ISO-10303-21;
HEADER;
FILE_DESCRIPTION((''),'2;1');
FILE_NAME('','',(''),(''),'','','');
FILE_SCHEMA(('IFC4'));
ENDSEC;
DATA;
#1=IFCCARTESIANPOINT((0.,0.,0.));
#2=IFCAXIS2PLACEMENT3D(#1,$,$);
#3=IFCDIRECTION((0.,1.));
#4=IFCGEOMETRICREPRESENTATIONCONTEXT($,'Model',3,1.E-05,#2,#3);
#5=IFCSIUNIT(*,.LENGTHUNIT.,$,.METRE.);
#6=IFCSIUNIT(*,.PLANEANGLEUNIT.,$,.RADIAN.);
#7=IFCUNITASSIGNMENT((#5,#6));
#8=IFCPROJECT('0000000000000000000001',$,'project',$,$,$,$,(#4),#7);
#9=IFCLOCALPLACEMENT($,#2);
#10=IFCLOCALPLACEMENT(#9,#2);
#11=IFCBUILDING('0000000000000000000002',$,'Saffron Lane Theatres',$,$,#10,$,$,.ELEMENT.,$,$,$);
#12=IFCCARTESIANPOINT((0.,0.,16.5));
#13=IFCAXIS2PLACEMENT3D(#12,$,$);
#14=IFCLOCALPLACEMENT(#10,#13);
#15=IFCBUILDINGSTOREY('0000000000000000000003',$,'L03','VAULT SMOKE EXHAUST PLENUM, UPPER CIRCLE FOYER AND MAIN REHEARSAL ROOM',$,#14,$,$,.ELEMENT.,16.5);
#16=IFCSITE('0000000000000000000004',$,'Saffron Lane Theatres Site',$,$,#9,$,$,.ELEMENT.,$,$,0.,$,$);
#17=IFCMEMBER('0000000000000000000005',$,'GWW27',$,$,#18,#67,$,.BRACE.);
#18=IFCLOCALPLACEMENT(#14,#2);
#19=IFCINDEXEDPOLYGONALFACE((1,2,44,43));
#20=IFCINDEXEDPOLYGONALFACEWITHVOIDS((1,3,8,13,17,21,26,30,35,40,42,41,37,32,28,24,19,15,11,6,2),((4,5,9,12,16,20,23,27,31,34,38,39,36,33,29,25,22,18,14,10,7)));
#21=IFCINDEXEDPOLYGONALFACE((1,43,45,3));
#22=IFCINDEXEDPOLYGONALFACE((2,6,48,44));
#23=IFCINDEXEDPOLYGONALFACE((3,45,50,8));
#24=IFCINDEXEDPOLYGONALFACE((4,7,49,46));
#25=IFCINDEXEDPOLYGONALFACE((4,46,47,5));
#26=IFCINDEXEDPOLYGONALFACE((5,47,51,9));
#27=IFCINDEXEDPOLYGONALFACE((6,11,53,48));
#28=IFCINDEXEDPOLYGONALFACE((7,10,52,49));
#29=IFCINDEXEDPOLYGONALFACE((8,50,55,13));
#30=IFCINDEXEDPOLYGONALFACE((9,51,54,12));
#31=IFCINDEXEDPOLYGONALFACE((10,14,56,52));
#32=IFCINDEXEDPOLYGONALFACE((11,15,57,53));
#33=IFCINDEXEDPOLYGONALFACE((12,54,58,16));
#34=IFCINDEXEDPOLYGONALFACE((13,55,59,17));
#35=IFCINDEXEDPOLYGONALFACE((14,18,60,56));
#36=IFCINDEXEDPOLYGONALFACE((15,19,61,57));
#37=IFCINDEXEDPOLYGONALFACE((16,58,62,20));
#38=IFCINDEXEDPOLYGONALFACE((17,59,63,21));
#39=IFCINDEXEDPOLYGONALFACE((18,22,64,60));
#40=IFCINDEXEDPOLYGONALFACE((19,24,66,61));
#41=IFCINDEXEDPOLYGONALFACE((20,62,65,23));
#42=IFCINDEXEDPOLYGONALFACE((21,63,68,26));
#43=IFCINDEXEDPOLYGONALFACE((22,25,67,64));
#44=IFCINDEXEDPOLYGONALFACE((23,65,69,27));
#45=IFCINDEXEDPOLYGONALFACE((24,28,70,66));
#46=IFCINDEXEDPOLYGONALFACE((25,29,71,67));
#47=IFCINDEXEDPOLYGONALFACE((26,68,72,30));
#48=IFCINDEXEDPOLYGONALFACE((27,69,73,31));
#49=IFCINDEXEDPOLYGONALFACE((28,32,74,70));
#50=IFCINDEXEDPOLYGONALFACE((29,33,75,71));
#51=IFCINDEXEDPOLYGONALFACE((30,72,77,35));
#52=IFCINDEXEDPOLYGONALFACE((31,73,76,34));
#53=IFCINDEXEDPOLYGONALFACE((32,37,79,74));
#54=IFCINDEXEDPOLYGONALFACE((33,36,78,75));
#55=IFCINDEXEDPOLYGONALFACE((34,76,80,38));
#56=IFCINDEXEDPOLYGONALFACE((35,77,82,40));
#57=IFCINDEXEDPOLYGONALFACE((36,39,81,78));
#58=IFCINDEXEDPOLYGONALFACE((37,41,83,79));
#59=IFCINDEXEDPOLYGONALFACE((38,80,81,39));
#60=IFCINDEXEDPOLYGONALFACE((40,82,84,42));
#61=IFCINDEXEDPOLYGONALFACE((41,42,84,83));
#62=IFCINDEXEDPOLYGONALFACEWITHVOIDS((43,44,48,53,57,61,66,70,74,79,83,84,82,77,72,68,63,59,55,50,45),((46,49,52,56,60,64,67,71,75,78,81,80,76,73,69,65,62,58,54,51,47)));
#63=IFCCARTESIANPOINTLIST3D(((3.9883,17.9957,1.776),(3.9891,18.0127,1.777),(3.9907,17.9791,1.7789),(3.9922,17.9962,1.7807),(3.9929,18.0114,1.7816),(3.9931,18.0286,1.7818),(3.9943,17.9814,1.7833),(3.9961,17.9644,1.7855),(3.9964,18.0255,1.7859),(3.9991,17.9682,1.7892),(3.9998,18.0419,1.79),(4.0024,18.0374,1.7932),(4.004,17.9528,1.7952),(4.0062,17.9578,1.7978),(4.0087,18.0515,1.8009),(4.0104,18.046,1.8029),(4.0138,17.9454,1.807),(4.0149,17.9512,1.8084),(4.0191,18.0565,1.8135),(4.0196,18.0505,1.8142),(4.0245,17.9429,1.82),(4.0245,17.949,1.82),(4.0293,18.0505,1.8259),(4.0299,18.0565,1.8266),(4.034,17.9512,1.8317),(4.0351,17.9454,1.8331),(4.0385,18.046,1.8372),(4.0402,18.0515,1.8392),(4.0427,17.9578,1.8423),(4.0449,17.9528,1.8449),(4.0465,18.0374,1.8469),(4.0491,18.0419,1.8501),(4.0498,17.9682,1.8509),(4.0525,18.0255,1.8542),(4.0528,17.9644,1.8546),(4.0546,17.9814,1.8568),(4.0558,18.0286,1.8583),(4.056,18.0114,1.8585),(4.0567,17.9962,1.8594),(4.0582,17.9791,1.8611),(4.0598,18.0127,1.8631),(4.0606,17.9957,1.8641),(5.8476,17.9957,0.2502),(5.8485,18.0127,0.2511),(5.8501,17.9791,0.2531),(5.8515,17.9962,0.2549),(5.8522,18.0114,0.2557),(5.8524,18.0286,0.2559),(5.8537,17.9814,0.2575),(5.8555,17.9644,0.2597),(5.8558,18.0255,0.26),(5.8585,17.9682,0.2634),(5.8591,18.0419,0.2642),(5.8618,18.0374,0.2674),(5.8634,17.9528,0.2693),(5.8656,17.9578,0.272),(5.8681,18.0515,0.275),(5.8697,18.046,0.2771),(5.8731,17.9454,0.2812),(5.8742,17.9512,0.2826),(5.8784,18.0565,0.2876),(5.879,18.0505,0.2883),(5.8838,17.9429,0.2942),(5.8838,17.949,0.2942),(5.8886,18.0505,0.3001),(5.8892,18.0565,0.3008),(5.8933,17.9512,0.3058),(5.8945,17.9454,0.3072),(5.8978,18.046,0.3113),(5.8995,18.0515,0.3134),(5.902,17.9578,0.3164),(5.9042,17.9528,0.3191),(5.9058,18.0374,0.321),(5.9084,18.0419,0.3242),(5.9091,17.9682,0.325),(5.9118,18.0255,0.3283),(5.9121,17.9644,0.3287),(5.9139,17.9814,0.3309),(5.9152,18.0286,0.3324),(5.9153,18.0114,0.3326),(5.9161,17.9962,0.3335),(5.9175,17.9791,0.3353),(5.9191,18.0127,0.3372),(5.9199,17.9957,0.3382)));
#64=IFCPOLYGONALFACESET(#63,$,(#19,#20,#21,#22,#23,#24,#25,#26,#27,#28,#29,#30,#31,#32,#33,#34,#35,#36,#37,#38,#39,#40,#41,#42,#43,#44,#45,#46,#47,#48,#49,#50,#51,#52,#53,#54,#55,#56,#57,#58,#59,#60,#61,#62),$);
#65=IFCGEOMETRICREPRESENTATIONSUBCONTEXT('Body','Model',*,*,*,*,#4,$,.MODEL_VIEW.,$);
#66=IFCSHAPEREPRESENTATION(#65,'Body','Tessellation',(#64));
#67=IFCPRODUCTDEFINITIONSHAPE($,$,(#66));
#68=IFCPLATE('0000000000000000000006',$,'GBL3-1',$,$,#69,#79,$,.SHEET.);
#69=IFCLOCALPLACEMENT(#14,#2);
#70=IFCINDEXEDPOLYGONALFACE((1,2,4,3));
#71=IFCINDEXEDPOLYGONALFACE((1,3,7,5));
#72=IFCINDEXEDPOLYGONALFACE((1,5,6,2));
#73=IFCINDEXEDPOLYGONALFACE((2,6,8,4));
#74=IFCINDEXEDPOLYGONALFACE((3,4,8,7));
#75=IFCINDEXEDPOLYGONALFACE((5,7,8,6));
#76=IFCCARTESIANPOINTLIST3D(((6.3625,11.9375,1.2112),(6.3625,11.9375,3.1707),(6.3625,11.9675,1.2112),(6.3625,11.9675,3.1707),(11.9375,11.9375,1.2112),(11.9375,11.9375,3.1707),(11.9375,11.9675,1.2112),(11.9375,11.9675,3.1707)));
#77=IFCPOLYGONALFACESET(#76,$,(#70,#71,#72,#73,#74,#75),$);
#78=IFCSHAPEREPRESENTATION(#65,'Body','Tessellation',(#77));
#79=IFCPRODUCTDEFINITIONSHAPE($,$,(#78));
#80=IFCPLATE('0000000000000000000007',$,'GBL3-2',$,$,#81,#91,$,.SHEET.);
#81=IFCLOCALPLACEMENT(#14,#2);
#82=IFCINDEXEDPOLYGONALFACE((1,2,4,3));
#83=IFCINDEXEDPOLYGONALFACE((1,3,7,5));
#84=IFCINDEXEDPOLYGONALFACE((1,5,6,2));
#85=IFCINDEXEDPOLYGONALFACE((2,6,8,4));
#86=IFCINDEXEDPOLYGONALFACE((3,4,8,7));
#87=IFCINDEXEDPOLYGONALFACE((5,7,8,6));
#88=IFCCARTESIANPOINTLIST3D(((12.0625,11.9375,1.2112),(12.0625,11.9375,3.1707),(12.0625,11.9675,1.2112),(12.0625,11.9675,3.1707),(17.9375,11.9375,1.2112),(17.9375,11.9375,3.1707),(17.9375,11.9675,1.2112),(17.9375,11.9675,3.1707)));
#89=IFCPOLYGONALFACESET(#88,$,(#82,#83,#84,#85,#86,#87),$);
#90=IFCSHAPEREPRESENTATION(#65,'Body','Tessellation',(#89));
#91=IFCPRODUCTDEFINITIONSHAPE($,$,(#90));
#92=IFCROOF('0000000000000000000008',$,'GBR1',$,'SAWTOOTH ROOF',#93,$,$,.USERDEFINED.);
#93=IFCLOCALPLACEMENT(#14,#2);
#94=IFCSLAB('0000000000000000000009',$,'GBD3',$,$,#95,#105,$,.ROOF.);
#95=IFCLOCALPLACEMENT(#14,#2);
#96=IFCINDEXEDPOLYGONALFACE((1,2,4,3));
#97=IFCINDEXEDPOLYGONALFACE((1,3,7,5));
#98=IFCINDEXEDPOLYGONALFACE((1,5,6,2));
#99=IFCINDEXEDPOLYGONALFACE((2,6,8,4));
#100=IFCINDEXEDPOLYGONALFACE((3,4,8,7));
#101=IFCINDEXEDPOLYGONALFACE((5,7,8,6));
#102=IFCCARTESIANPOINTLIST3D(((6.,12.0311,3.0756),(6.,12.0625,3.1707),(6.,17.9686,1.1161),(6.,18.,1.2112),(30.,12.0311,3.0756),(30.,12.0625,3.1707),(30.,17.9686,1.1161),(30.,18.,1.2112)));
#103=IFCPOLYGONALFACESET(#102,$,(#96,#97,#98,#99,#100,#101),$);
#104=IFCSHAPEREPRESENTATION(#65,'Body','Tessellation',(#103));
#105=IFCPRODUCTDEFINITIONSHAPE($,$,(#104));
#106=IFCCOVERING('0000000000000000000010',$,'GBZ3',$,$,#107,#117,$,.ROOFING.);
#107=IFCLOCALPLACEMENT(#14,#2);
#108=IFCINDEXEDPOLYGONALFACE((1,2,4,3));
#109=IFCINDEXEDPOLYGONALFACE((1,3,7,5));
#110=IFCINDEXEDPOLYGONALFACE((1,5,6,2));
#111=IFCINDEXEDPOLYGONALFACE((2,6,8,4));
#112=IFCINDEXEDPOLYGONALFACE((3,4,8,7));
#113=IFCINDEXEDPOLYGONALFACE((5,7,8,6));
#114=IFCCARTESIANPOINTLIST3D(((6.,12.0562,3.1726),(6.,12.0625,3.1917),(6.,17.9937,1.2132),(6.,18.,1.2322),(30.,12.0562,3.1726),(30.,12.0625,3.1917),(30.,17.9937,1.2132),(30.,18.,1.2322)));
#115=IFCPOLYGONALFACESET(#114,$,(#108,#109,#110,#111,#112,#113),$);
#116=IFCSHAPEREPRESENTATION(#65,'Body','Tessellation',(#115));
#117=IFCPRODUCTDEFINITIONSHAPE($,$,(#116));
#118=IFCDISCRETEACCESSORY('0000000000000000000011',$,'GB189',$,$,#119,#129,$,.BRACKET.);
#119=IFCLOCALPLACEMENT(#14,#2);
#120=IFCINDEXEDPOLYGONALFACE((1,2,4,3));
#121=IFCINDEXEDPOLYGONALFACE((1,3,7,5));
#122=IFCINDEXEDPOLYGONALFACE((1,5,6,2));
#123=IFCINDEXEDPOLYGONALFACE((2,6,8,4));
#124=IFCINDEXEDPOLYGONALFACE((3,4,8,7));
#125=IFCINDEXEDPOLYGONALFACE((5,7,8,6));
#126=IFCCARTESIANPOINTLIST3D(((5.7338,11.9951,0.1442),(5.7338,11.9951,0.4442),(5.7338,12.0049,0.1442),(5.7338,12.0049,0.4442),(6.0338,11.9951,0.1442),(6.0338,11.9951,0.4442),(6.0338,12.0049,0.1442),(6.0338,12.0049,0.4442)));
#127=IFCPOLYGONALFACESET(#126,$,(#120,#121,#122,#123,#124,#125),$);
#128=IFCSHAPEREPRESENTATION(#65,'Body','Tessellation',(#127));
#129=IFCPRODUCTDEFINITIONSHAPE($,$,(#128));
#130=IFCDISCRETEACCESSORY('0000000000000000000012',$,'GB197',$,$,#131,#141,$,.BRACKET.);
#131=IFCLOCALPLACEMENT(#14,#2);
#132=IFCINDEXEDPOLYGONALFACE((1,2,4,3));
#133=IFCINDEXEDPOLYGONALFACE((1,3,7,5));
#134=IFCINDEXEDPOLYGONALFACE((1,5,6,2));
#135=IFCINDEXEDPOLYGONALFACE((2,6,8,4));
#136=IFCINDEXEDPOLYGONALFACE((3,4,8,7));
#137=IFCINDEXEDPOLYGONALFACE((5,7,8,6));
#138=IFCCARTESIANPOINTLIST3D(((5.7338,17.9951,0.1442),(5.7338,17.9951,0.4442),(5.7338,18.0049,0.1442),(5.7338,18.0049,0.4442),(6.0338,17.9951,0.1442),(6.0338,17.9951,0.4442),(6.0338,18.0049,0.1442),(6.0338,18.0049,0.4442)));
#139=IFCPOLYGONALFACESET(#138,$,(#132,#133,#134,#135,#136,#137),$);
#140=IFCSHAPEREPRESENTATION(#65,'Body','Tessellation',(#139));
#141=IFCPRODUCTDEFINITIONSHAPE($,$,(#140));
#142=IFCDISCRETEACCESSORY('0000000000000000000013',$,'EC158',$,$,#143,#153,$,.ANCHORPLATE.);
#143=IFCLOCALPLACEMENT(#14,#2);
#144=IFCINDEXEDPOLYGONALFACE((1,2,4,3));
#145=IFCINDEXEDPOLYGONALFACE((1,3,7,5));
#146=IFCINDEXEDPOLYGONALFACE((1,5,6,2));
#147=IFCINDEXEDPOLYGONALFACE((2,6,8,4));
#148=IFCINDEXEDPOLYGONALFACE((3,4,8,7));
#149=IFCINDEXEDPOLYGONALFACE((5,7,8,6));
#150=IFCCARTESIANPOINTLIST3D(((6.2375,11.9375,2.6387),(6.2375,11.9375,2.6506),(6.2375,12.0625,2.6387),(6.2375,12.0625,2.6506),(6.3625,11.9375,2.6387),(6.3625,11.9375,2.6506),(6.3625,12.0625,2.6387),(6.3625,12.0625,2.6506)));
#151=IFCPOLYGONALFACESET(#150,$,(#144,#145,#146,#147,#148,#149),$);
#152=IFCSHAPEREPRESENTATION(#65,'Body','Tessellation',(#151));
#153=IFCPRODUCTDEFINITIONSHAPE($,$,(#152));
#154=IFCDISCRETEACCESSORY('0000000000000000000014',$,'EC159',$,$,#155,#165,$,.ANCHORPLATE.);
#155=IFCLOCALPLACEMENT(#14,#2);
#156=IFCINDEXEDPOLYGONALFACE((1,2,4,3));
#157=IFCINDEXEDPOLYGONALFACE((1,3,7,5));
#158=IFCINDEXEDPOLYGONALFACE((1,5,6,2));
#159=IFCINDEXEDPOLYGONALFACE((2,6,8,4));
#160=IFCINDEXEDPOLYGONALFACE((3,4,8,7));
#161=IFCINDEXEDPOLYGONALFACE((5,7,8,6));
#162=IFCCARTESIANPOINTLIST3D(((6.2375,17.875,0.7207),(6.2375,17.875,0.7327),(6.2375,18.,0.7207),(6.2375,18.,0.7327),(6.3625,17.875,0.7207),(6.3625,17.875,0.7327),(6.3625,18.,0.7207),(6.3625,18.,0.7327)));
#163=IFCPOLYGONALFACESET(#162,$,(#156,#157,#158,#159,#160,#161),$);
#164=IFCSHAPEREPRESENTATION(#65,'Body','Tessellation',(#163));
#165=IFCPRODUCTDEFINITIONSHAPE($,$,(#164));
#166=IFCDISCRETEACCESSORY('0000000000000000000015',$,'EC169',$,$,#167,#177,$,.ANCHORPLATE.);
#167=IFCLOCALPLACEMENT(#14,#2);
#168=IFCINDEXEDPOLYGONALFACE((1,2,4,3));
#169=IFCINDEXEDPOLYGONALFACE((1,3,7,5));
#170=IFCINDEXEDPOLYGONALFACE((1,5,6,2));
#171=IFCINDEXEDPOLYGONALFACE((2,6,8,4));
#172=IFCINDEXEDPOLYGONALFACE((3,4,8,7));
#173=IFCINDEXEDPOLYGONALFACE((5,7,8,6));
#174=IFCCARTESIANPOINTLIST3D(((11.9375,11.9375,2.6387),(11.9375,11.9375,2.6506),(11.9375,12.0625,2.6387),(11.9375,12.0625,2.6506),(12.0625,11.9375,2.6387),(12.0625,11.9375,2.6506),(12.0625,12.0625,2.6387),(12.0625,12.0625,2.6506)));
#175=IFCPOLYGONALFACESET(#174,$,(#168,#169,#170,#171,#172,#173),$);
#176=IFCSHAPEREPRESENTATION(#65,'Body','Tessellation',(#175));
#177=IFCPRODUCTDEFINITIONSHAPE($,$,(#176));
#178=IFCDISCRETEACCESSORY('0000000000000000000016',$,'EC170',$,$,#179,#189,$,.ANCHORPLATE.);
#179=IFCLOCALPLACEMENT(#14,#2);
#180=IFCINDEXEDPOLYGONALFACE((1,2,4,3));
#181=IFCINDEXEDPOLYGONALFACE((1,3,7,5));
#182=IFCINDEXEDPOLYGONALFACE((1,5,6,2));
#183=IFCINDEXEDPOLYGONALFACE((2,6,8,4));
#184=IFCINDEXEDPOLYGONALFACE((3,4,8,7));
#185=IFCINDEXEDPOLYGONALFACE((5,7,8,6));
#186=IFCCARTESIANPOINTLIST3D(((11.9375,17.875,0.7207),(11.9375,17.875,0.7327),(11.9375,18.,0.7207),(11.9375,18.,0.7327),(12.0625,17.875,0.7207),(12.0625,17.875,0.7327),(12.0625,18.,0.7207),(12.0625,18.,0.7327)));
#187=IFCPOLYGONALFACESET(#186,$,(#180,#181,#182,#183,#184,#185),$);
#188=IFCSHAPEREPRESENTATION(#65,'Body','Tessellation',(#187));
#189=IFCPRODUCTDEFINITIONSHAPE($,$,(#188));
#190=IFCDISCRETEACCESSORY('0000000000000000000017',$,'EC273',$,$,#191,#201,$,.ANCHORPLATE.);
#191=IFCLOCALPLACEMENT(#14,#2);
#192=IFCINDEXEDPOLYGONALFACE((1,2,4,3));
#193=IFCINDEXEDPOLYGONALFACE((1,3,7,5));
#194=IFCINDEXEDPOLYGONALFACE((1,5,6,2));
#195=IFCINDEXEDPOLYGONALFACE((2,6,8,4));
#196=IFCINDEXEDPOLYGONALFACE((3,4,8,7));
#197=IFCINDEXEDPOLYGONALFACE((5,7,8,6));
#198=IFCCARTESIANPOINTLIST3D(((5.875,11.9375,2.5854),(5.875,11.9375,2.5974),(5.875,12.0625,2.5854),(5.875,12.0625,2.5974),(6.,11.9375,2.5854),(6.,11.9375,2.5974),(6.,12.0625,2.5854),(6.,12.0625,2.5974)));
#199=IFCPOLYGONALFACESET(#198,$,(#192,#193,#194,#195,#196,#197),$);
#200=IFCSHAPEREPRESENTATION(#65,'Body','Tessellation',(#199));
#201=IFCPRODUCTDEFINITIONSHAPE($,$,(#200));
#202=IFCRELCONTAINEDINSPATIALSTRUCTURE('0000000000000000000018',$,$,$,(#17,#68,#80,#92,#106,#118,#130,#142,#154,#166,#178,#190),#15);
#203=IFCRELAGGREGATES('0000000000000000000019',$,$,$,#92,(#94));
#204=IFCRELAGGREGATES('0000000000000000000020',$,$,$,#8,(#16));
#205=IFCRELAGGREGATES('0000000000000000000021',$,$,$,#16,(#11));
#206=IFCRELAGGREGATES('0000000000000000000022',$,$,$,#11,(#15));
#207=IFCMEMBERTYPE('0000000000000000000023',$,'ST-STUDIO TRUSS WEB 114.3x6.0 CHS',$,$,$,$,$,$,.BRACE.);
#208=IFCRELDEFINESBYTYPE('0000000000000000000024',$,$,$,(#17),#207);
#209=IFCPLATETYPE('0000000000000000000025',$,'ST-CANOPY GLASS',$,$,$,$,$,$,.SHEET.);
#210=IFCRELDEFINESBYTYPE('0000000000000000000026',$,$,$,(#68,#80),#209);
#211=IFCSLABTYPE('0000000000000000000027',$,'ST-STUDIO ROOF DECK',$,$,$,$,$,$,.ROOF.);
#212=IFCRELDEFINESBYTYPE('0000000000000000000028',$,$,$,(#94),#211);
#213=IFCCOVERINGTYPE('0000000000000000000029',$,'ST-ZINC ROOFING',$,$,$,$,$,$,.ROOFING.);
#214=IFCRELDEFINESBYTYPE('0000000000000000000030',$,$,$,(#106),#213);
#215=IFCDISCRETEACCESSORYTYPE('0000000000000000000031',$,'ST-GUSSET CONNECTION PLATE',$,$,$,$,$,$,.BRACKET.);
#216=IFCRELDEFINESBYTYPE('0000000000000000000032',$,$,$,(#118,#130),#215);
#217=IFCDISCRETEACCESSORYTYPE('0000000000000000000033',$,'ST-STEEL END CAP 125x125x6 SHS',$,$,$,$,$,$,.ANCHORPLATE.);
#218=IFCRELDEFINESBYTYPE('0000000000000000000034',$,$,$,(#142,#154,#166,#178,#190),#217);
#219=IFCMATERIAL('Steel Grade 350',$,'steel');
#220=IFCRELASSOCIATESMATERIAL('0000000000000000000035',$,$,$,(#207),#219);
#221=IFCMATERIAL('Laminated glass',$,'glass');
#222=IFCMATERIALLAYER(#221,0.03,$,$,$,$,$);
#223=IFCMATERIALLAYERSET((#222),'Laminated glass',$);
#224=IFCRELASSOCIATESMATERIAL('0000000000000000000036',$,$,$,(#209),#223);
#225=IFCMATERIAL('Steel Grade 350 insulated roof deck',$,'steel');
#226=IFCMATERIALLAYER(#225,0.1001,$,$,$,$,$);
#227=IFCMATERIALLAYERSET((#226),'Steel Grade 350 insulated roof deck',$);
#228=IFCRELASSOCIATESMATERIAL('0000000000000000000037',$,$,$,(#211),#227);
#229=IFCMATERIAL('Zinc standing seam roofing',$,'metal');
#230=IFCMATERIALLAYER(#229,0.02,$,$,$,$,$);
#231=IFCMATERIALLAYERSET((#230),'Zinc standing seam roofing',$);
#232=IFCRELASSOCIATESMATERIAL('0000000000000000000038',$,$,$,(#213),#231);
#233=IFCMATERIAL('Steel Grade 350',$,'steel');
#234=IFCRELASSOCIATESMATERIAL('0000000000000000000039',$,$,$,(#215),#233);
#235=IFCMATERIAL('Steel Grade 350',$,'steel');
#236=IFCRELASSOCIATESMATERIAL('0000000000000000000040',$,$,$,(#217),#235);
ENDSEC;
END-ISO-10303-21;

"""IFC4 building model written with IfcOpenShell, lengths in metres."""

from ifc_helpers import new_model, si_unit, direction, frame, origin, origin_2d, place, context, subcontext, project, spatial, polyline, rectangle, hollow_circle, outline, extrude, material, layer, layer_set, material_profile, profile_set, type_object, element, aggregate, save


model = new_model("IFC4")

# Units and contexts
model_context = context("Model", 3, precision=1e-05, world=origin(), true_north=direction((0.0, 1.0)))
body_context = subcontext(model_context, "Body", "Model", "MODEL_VIEW")
ifc_project = project(units=[si_unit("LENGTHUNIT", "METRE"), si_unit("PLANEANGLEUNIT", "RADIAN")], contexts=[model_context])

# Site, building, storey
site_placement = place(None, origin())
site = spatial("IfcSite", under=ifc_project, at=site_placement, Name="Saffron Lane Theatres Site", CompositionType="ELEMENT", RefElevation=0.0)
building_placement = place(site_placement, origin())
building = spatial("IfcBuilding", under=site, at=building_placement, Name="Saffron Lane Theatres", CompositionType="ELEMENT")
storey_placement = place(building_placement, frame((0.0, 0.0, 16.5)))
storey = spatial("IfcBuildingStorey", under=building, at=storey_placement, Name="L03", Description="VAULT SMOKE EXHAUST PLENUM, UPPER CIRCLE FOYER AND MAIN REHEARSAL ROOM", CompositionType="ELEMENT", Elevation=16.5)

# Member
ifc_material_1 = material(Name="Steel Grade 350", Category="steel")
ifc_material_profile_1 = material_profile(ifc_material_1, hollow_circle(Radius=0.0571, WallThickness=0.0061, at=origin_2d()))
ifc_profile_set_1 = profile_set([ifc_material_profile_1], Name="Steel Grade 350")
member_type_1 = type_object("IfcMemberType", Name="ST-STUDIO TRUSS WEB 114.3x6.0 CHS", PredefinedType="BRACE", material=ifc_profile_set_1)
for number, where, z_axis, x_axis, name in (
    (1, (5.8838, 18.0, 0.2942), (-0.773025, 0.0, 0.634376), (0.0, -1.0, 0.0), "GWW27"),
):
    element("IfcMember", number, at=place(storey_placement, frame(where, z_axis=z_axis, x_axis=x_axis)), inside=storey, type_object=member_type_1, Name=name, PredefinedType="BRACE", context=body_context, shape_type="SweptSolid", body=[
        extrude(hollow_circle(Radius=0.0571, WallThickness=0.0061, at=origin_2d()), origin(), (0.0, 0.0, 1.0), 2.4053),
    ])

# Plates
ifc_material_2 = material(Name="Laminated glass", Category="glass")
ifc_layer_1 = layer(ifc_material_2, 0.03)
ifc_layer_set_1 = layer_set([ifc_layer_1], Name="Laminated glass")
plate_type = type_object("IfcPlateType", Name="ST-CANOPY GLASS", PredefinedType="SHEET", material=ifc_layer_set_1)
plate_1_placement = place(storey_placement, frame((11.9375, 11.9375, 1.2112), z_axis=(0.0, -1.0, 0.0), x_axis=(0.0, 0.0, 1.0)))
element("IfcPlate", 2, at=plate_1_placement, inside=storey, type_object=plate_type, Name="GBL3-1", PredefinedType="SHEET", context=body_context, shape_type="SweptSolid", body=[
    extrude(outline(polyline([(0.0, 0.0), (1.9595, 0.0), (1.9595, 5.575), (0.0, 5.575), (0.0, 0.0)])), origin(), (0.0, 0.0, -1.0), 0.03),
])
plate_2_placement = place(storey_placement, frame((17.9375, 11.9375, 1.2112), z_axis=(0.0, -1.0, 0.0), x_axis=(0.0, 0.0, 1.0)))
element("IfcPlate", 3, at=plate_2_placement, inside=storey, type_object=plate_type, Name="GBL3-2", PredefinedType="SHEET", context=body_context, shape_type="SweptSolid", body=[
    extrude(outline(polyline([(0.0, 0.0), (1.9595, 0.0), (1.9595, 5.875), (0.0, 5.875), (0.0, 0.0)])), origin(), (0.0, 0.0, -1.0), 0.03),
])

# Roof, slab
roof_placement = place(storey_placement, origin())
roof = element("IfcRoof", 4, at=roof_placement, inside=storey, Name="GBR1", ObjectType="SAWTOOTH ROOF", PredefinedType="USERDEFINED")
ifc_material_3 = material(Name="Steel Grade 350 insulated roof deck", Category="steel")
ifc_layer_2 = layer(ifc_material_3, 0.1001)
ifc_layer_set_2 = layer_set([ifc_layer_2], Name="Steel Grade 350 insulated roof deck")
slab_type = type_object("IfcSlabType", Name="ST-STUDIO ROOF DECK", PredefinedType="ROOF", material=ifc_layer_set_2)
slab_placement = place(storey_placement, frame((6.0, 12.0625, 3.1707), z_axis=(0.0, 0.313392, 0.949624), x_axis=(1.0, 0.0, 0.0)))
slab = element("IfcSlab", 5, at=slab_placement, type_object=slab_type, Name="GBD3", PredefinedType="ROOF", context=body_context, shape_type="SweptSolid", body=[
    extrude(outline(polyline([(0.0, 0.0), (24.0, 0.0), (24.0, 6.2525), (0.0, 6.2525), (0.0, 0.0)])), origin(), (0.0, 0.0, -1.0), 0.1001),
])
aggregate(roof, [slab])

# Covering
ifc_material_4 = material(Name="Zinc standing seam roofing", Category="metal")
ifc_layer_3 = layer(ifc_material_4, 0.02)
ifc_layer_set_3 = layer_set([ifc_layer_3], Name="Zinc standing seam roofing")
covering_type = type_object("IfcCoveringType", Name="ST-ZINC ROOFING", PredefinedType="ROOFING", material=ifc_layer_set_3)
covering_placement = place(storey_placement, frame((6.0, 12.0625, 3.1917), z_axis=(0.0, 0.313392, 0.949624), x_axis=(1.0, 0.0, 0.0)))
element("IfcCovering", 6, at=covering_placement, inside=storey, type_object=covering_type, Name="GBZ3", PredefinedType="ROOFING", context=body_context, shape_type="SweptSolid", body=[
    extrude(outline(polyline([(0.0, 0.0), (24.0, 0.0), (24.0, 6.2525), (0.0, 6.2525), (0.0, 0.0)])), origin(), (0.0, 0.0, -1.0), 0.02),
])

# Discrete accessories
ifc_material_5 = material(Name="Steel Grade 350", Category="steel")
ifc_material_profile_2 = material_profile(ifc_material_5, rectangle(XDim=0.3, YDim=0.3, at=origin_2d()))
ifc_profile_set_2 = profile_set([ifc_material_profile_2], Name="Steel Grade 350")
discrete_accessory_type_1 = type_object("IfcDiscreteAccessoryType", Name="ST-GUSSET CONNECTION PLATE", PredefinedType="BRACKET", material=ifc_profile_set_2)
for number, where, z_axis, x_axis, name in (
    (7, (5.8838, 11.9951, 0.2942), (0.0, 1.0, 0.0), (-1.0, 0.0, 0.0), "GB189"),
    (8, (5.8838, 17.9951, 0.2942), (0.0, 1.0, 0.0), (-1.0, 0.0, 0.0), "GB197"),
):
    element("IfcDiscreteAccessory", number, at=place(storey_placement, frame(where, z_axis=z_axis, x_axis=x_axis)), inside=storey, type_object=discrete_accessory_type_1, Name=name, PredefinedType="BRACKET", context=body_context, shape_type="SweptSolid", body=[
        extrude(rectangle(XDim=0.3, YDim=0.3, at=origin_2d()), origin(), (0.0, 0.0, 1.0), 0.0098),
    ])
ifc_material_6 = material(Name="Steel Grade 350", Category="steel")
ifc_material_profile_3 = material_profile(ifc_material_6, rectangle(XDim=0.125, YDim=0.125, at=origin_2d()))
ifc_profile_set_3 = profile_set([ifc_material_profile_3], Name="Steel Grade 350")
discrete_accessory_type_2 = type_object("IfcDiscreteAccessoryType", Name="ST-STEEL END CAP 125x125x6 SHS", PredefinedType="ANCHORPLATE", material=ifc_profile_set_3)
for number, where, z_axis, x_axis, name in (
    (9, (6.3, 12.0, 2.6387), (0.0, 0.0, 1.0), (1.0, 0.0, 0.0), "EC158"),
    (10, (6.3, 17.9375, 0.7207), (0.0, 0.0, 1.0), (1.0, 0.0, 0.0), "EC159"),
    (11, (12.0, 12.0, 2.6387), (0.0, 0.0, 1.0), (1.0, 0.0, 0.0), "EC169"),
    (12, (12.0, 17.9375, 0.7207), (0.0, 0.0, 1.0), (1.0, 0.0, 0.0), "EC170"),
    (13, (5.9375, 12.0, 2.5854), (0.0, 0.0, 1.0), (1.0, 0.0, 0.0), "EC273"),
):
    element("IfcDiscreteAccessory", number, at=place(storey_placement, frame(where, z_axis=z_axis, x_axis=x_axis)), inside=storey, type_object=discrete_accessory_type_2, Name=name, PredefinedType="ANCHORPLATE", context=body_context, shape_type="SweptSolid", body=[
        extrude(rectangle(XDim=0.125, YDim=0.125, at=origin_2d()), origin(), (0.0, 0.0, 1.0), 0.012),
    ])

save(model, "model.ifc")
